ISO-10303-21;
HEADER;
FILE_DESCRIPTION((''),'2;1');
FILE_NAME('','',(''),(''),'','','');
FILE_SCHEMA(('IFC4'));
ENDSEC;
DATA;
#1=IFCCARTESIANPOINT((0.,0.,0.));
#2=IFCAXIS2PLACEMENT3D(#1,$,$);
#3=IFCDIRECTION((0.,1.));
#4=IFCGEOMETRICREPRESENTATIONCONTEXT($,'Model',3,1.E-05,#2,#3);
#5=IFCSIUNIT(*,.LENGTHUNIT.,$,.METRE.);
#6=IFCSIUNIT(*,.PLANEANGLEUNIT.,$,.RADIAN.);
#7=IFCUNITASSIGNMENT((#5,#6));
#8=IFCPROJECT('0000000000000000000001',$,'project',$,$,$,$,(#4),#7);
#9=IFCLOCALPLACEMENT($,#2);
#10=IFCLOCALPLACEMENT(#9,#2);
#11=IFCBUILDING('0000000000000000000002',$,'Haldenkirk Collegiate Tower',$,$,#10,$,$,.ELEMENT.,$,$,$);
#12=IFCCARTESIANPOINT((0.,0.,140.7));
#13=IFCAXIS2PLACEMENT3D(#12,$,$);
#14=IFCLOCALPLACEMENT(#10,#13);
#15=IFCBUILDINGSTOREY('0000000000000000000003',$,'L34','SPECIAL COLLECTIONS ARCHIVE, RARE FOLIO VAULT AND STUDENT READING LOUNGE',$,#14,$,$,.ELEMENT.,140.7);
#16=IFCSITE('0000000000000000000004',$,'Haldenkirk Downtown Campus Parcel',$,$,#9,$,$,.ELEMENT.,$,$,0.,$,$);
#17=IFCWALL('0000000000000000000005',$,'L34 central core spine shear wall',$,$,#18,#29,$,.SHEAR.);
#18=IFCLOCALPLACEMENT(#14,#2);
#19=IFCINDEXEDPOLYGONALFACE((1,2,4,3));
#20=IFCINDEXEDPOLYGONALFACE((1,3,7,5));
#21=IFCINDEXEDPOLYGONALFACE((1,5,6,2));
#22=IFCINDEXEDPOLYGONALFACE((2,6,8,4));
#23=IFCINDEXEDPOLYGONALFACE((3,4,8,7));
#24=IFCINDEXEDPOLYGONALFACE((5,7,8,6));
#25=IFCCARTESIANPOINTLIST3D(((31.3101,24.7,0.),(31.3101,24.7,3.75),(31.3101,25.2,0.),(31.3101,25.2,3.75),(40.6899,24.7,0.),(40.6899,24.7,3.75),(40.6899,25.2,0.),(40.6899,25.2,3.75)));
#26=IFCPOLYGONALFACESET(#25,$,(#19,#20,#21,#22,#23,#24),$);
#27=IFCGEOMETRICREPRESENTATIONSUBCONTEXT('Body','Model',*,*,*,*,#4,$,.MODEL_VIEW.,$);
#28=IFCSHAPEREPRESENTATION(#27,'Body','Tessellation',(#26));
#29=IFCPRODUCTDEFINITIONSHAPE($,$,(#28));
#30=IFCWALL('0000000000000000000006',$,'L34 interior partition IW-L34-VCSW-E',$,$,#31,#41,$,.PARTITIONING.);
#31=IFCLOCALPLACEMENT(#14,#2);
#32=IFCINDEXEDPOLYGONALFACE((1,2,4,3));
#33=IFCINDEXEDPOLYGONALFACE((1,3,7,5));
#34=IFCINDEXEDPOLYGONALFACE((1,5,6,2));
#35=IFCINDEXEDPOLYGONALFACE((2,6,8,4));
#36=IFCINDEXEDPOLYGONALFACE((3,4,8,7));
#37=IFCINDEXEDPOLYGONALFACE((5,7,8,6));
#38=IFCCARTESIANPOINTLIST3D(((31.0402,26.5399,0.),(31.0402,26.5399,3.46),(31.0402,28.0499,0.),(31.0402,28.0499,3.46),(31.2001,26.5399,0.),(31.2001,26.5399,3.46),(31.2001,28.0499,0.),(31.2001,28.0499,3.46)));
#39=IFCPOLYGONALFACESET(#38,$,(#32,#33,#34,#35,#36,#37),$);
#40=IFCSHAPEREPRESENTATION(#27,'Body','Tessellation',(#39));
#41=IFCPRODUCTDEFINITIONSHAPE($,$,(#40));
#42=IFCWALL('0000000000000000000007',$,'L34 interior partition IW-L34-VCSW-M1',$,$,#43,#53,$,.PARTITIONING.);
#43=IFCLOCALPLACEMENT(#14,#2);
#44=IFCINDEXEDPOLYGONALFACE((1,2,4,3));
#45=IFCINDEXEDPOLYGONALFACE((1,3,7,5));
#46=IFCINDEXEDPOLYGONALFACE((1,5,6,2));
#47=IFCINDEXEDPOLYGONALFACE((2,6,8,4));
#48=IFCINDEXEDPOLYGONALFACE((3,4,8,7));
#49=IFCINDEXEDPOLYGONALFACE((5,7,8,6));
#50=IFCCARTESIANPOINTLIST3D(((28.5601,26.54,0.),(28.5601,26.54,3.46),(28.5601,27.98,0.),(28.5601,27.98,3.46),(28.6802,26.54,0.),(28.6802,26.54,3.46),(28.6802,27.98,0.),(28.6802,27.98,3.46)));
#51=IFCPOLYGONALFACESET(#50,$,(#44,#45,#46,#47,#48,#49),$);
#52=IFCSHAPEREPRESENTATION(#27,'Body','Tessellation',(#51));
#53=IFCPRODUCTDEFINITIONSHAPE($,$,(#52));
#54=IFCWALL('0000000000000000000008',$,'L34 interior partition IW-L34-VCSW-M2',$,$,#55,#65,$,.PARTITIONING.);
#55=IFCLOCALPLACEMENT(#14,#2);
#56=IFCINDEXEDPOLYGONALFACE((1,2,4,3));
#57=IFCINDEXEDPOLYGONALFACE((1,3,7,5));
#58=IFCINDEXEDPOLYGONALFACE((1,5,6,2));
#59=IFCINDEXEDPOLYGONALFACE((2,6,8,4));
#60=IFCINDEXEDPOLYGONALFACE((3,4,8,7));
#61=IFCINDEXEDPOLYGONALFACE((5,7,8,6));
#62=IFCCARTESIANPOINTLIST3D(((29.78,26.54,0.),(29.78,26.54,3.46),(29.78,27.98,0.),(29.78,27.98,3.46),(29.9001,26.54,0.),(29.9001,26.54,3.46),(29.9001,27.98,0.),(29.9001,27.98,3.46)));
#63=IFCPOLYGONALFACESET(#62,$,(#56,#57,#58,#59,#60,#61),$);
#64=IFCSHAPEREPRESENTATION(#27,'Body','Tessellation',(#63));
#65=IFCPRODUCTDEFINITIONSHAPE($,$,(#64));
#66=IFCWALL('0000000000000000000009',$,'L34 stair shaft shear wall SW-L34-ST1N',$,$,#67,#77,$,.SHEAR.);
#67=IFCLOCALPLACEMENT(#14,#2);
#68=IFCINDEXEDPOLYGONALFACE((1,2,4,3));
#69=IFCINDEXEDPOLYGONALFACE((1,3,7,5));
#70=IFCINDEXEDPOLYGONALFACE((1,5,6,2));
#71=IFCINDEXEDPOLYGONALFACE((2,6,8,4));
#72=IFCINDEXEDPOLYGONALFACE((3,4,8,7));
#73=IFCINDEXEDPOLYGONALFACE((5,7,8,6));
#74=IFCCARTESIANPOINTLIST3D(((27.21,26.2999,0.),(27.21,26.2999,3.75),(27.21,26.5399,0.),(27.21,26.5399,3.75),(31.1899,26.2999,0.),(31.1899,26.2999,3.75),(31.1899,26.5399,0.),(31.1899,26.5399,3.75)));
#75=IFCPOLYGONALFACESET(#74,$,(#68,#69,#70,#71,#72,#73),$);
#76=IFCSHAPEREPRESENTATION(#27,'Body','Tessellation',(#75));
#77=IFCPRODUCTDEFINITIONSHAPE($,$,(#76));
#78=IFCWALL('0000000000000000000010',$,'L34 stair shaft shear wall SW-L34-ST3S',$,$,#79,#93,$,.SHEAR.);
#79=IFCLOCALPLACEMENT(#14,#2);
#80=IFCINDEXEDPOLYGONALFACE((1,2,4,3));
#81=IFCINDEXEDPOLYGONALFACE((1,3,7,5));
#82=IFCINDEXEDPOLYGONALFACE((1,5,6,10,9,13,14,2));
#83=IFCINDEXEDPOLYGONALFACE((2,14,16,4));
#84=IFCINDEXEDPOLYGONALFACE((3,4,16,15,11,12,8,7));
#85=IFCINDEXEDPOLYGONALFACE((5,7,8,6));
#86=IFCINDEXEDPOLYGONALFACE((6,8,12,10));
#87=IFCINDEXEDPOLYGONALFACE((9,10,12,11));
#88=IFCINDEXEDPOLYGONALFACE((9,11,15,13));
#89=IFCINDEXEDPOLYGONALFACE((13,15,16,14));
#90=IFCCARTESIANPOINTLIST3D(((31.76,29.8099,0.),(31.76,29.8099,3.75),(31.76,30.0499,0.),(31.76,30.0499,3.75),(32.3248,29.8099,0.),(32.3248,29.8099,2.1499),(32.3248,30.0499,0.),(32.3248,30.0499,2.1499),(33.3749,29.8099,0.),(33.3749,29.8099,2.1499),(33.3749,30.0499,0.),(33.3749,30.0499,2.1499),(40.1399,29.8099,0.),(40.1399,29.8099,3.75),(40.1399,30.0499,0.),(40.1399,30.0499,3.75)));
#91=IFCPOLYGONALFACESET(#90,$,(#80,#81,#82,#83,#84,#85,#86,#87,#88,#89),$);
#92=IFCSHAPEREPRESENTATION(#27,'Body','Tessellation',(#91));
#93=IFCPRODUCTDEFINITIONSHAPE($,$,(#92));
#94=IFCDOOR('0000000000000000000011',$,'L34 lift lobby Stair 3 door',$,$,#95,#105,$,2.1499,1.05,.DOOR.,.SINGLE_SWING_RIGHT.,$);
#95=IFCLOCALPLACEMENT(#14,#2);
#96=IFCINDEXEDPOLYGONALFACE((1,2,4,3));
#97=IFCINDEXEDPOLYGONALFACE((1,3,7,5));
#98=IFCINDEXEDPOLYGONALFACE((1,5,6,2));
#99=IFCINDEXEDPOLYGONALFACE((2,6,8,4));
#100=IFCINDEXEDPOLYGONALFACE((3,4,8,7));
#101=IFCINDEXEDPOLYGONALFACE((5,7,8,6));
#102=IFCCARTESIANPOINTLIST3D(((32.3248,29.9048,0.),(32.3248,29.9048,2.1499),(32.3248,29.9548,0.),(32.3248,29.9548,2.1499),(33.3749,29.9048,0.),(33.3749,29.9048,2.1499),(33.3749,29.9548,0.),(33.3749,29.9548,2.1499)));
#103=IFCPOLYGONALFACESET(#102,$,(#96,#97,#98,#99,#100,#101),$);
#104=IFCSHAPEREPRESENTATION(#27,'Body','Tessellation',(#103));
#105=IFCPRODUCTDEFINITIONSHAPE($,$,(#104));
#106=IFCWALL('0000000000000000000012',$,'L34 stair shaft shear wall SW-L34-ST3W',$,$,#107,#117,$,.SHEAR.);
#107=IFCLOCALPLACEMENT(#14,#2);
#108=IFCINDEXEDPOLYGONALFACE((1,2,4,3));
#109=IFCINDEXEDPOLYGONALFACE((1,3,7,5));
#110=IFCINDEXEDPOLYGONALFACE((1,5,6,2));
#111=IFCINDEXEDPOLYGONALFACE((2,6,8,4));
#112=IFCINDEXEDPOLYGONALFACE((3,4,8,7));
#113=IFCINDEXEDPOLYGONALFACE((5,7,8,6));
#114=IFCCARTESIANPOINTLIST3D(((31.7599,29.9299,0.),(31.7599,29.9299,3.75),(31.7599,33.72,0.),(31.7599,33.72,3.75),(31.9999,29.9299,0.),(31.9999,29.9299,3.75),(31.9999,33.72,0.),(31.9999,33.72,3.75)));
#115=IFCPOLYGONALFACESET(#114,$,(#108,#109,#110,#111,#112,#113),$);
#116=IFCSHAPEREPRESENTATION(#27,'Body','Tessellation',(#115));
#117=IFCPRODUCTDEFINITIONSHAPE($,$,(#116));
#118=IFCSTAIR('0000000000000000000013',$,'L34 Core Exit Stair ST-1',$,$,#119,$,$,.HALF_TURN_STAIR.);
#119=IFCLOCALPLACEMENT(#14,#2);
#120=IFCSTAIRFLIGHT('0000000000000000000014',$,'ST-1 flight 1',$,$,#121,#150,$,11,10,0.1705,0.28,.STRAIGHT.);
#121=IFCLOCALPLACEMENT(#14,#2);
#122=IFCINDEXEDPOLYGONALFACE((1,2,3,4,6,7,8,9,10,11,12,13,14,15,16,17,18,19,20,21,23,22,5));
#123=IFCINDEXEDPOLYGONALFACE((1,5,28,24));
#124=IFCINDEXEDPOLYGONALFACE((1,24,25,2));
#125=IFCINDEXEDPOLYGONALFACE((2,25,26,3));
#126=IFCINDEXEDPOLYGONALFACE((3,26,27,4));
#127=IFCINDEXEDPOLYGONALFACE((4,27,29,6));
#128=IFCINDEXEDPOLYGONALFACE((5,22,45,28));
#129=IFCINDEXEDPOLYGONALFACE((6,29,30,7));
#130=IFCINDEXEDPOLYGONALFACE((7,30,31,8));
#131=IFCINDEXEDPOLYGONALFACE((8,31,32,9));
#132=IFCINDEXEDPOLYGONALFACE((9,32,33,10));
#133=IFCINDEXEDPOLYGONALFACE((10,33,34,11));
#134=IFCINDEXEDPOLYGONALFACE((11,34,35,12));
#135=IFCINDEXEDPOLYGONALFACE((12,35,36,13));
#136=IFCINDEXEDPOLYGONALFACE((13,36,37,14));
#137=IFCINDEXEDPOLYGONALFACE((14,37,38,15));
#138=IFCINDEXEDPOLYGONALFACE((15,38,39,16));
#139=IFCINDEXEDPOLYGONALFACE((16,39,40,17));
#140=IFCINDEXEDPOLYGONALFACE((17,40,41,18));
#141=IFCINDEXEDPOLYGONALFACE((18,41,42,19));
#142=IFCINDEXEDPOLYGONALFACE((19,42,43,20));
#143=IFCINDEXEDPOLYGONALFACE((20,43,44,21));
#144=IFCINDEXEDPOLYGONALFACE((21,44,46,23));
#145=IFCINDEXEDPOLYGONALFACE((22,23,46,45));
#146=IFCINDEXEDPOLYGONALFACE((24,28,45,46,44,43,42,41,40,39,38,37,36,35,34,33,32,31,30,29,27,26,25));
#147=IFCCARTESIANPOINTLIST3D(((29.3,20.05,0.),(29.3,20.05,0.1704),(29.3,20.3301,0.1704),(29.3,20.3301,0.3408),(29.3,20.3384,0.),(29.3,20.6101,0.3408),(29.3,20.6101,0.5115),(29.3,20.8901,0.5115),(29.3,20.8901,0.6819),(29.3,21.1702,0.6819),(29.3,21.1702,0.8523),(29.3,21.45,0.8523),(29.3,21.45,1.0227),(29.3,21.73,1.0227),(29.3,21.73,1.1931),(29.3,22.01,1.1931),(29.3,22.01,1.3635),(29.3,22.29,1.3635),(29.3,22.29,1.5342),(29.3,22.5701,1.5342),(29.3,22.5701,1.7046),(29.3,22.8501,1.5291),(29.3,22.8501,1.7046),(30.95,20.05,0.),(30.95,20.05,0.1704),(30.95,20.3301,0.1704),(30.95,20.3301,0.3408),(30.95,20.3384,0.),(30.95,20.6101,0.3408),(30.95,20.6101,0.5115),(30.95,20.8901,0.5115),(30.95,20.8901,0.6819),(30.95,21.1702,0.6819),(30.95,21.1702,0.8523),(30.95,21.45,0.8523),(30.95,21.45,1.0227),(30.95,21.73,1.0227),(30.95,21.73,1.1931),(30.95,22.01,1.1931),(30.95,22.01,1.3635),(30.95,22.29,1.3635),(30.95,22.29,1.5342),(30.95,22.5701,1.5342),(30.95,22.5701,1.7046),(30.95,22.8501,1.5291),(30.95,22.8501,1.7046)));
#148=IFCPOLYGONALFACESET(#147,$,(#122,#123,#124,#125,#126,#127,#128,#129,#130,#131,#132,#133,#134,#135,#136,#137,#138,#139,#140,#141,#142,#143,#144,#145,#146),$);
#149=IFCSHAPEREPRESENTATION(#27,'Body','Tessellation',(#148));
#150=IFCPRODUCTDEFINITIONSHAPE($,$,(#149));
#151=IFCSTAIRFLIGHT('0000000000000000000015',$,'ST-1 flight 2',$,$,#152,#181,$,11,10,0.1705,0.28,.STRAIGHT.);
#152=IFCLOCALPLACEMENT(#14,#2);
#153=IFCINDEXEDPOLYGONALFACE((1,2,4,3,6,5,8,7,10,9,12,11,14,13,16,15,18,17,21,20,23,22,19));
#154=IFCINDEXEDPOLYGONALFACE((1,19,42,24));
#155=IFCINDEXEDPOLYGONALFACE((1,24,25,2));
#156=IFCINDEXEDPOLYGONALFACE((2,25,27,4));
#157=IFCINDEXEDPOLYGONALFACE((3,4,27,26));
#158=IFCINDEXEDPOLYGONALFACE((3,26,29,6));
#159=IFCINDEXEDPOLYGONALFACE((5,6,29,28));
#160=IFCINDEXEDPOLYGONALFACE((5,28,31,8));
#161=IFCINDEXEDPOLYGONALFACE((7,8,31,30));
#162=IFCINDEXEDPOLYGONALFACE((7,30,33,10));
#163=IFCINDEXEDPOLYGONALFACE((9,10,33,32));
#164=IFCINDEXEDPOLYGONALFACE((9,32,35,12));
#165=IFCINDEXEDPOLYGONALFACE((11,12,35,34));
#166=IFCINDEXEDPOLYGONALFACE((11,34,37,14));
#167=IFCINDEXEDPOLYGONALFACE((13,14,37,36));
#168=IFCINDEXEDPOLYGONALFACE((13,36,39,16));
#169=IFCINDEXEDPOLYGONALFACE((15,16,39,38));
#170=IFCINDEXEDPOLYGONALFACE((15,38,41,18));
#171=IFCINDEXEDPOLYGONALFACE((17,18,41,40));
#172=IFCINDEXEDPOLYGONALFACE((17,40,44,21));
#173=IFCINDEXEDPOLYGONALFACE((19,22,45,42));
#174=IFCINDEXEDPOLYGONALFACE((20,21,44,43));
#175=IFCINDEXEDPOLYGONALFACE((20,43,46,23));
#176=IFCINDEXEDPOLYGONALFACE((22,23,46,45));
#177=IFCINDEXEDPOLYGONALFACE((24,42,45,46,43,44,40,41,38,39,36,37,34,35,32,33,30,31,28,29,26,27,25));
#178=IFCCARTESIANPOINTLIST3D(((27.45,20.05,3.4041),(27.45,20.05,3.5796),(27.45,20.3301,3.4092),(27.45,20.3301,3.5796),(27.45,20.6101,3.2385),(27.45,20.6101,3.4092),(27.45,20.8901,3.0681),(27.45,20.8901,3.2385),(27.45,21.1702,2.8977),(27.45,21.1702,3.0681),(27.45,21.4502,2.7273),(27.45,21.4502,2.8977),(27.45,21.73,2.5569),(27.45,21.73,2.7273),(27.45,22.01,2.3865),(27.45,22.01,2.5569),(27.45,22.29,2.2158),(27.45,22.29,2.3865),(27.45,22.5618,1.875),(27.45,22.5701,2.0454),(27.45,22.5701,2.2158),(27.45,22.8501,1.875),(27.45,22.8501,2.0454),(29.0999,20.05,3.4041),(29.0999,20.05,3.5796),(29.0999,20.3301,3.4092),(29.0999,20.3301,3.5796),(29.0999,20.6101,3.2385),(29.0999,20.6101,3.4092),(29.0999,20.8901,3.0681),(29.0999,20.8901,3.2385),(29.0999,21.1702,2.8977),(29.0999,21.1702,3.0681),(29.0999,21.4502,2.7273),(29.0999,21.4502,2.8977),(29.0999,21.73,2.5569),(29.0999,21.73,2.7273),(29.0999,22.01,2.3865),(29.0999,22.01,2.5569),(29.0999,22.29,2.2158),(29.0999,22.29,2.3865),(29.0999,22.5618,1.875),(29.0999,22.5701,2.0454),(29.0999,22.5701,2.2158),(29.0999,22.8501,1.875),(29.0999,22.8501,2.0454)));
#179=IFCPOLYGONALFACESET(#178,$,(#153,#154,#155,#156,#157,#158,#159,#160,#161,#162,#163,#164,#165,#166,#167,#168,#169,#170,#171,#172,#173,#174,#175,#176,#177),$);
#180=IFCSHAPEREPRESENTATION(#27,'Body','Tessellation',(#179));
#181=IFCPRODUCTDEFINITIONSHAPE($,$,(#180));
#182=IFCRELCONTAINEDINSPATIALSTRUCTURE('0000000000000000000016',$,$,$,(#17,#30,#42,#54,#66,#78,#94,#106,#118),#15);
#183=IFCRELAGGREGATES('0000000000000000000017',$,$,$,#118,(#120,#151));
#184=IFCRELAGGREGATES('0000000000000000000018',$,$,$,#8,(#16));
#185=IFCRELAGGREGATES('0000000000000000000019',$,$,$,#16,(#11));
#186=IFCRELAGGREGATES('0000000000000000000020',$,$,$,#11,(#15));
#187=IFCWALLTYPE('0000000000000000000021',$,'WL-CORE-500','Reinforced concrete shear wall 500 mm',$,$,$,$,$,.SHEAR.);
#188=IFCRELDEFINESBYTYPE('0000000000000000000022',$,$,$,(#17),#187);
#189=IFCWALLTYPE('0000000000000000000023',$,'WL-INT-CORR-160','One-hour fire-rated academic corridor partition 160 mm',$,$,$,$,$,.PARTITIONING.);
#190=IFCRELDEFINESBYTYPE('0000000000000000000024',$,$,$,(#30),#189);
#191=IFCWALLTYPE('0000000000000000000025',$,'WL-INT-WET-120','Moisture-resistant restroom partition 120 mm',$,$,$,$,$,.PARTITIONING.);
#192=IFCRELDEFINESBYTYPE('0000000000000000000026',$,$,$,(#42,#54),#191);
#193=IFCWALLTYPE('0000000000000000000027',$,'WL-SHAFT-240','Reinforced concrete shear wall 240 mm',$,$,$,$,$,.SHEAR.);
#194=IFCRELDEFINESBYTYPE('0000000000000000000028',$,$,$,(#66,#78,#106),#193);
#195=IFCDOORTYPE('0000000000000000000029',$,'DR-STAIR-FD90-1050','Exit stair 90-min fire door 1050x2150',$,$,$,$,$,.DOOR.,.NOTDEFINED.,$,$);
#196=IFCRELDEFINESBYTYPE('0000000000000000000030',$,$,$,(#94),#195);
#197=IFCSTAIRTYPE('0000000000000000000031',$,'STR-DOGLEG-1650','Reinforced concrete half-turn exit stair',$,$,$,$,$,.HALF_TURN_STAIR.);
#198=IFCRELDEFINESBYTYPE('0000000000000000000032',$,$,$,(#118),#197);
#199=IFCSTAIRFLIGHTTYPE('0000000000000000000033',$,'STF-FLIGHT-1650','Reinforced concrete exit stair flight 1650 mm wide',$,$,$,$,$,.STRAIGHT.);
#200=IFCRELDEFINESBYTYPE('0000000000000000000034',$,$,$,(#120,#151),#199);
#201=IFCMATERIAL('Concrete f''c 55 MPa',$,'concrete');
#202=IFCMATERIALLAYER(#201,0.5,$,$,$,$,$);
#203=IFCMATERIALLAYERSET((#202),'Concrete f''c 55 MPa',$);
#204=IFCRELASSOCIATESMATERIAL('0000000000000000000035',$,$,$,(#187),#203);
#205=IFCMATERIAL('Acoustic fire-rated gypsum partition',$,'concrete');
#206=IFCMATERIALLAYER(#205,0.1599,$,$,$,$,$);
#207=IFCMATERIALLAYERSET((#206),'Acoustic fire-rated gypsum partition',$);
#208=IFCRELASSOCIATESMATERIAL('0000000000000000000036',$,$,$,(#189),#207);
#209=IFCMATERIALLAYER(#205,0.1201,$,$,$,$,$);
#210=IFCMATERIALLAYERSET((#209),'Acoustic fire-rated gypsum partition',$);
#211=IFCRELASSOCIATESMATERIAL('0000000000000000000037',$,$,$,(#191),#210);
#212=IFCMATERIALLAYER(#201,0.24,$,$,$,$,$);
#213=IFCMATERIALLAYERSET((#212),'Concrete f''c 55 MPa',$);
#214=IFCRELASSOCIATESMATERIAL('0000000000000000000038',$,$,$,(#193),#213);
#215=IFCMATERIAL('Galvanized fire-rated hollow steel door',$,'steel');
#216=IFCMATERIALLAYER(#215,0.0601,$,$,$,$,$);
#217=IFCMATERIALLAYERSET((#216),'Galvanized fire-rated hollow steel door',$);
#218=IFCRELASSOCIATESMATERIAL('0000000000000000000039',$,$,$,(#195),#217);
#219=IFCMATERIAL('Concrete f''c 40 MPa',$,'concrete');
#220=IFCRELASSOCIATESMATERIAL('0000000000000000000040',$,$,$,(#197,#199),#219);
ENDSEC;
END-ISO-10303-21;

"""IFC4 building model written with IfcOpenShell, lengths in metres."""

from ifc_helpers import new_model, si_unit, direction, frame, frame_2d, origin, place, context, subcontext, project, spatial, polyline, rectangle, outline, extrude, material, layer, layer_set, type_object, element, fill, aggregate, save


model = new_model("IFC4")

# Units and contexts
model_context = context("Model", 3, precision=1e-05, world=origin(), true_north=direction((0.0, 1.0)))
body_context = subcontext(model_context, "Body", "Model", "MODEL_VIEW")
ifc_project = project(units=[si_unit("LENGTHUNIT", "METRE"), si_unit("PLANEANGLEUNIT", "RADIAN")], contexts=[model_context])

# Site, building, storey
site_placement = place(None, origin())
site = spatial("IfcSite", under=ifc_project, at=site_placement, Name="Haldenkirk Downtown Campus Parcel", CompositionType="ELEMENT", RefElevation=0.0)
building_placement = place(site_placement, origin())
building = spatial("IfcBuilding", under=site, at=building_placement, Name="Haldenkirk Collegiate Tower", CompositionType="ELEMENT")
storey_placement = place(building_placement, frame((0.0, 0.0, 140.7)))
storey = spatial("IfcBuildingStorey", under=building, at=storey_placement, Name="L34", Description="SPECIAL COLLECTIONS ARCHIVE, RARE FOLIO VAULT AND STUDENT READING LOUNGE", CompositionType="ELEMENT", Elevation=140.7)

# Walls
ifc_material_1 = material(Name="Concrete f'c 55 MPa", Category="concrete")
ifc_layer_1 = layer(ifc_material_1, 0.5)
ifc_layer_set_1 = layer_set([ifc_layer_1], Name="Concrete f'c 55 MPa")
wall_type_1 = type_object("IfcWallType", Name="WL-CORE-500", Description="Reinforced concrete shear wall 500 mm", PredefinedType="SHEAR", material=ifc_layer_set_1)
wall_1_placement = place(storey_placement, frame((31.3101, 24.95, 0.0), z_axis=(0.0, 0.0, 1.0), x_axis=(1.0, 0.0, 0.0)))
element("IfcWall", 1, at=wall_1_placement, inside=storey, type_object=wall_type_1, Name="L34 central core spine shear wall", PredefinedType="SHEAR", context=body_context, shape_type="SweptSolid", body=[
    extrude(rectangle(XDim=9.3799, YDim=0.5, at=frame_2d((4.6899, 0.0))), origin(), (0.0, 0.0, 1.0), 3.75),
])
ifc_material_2 = material(Name="Acoustic fire-rated gypsum partition", Category="concrete")
ifc_layer_2 = layer(ifc_material_2, 0.1599)
ifc_layer_set_2 = layer_set([ifc_layer_2], Name="Acoustic fire-rated gypsum partition")
wall_type_2 = type_object("IfcWallType", Name="WL-INT-CORR-160", Description="One-hour fire-rated academic corridor partition 160 mm", PredefinedType="PARTITIONING", material=ifc_layer_set_2)
wall_2_placement = place(storey_placement, frame((31.1201, 26.54, 0.0), z_axis=(0.0, 0.0, 1.0), x_axis=(0.0, 1.0, 0.0)))
element("IfcWall", 2, at=wall_2_placement, inside=storey, type_object=wall_type_2, Name="L34 interior partition IW-L34-VCSW-E", PredefinedType="PARTITIONING", context=body_context, shape_type="SweptSolid", body=[
    extrude(rectangle(XDim=1.51, YDim=0.1599, at=frame_2d((0.7549, 0.0))), origin(), (0.0, 0.0, 1.0), 3.46),
])

# Shared definitions
ifc_material_3 = material(Name="Galvanized fire-rated hollow steel door", Category="steel")

# Walls
ifc_layer_3 = layer(ifc_material_2, 0.1201)
ifc_layer_set_3 = layer_set([ifc_layer_3], Name="Acoustic fire-rated gypsum partition")
wall_type_3 = type_object("IfcWallType", Name="WL-INT-WET-120", Description="Moisture-resistant restroom partition 120 mm", PredefinedType="PARTITIONING", material=ifc_layer_set_3)
for number, where, z_axis, x_axis, name in (
    (3, (28.6201, 26.54, 0.0), (0.0, 0.0, 1.0), (0.0, 1.0, 0.0), "L34 interior partition IW-L34-VCSW-M1"),
    (4, (29.8401, 26.54, 0.0), (0.0, 0.0, 1.0), (0.0, 1.0, 0.0), "L34 interior partition IW-L34-VCSW-M2"),
):
    element("IfcWall", number, at=place(storey_placement, frame(where, z_axis=z_axis, x_axis=x_axis)), inside=storey, type_object=wall_type_3, Name=name, PredefinedType="PARTITIONING", context=body_context, shape_type="SweptSolid", body=[
        extrude(rectangle(XDim=1.4399, YDim=0.1201, at=frame_2d((0.72, 0.0))), origin(), (0.0, 0.0, 1.0), 3.46),
    ])
ifc_layer_4 = layer(ifc_material_1, 0.24)
ifc_layer_set_4 = layer_set([ifc_layer_4], Name="Concrete f'c 55 MPa")
wall_type_4 = type_object("IfcWallType", Name="WL-SHAFT-240", Description="Reinforced concrete shear wall 240 mm", PredefinedType="SHEAR", material=ifc_layer_set_4)
wall_3_placement = place(storey_placement, frame((27.21, 26.4199, 0.0), z_axis=(0.0, 0.0, 1.0), x_axis=(1.0, 0.0, 0.0)))
element("IfcWall", 5, at=wall_3_placement, inside=storey, type_object=wall_type_4, Name="L34 stair shaft shear wall SW-L34-ST1N", PredefinedType="SHEAR", context=body_context, shape_type="SweptSolid", body=[
    extrude(rectangle(XDim=3.98, YDim=0.24, at=frame_2d((1.99, 0.0))), origin(), (0.0, 0.0, 1.0), 3.75),
])

# Wall, opening, door
wall_4_placement = place(storey_placement, frame((31.76, 29.9299, 0.0), z_axis=(0.0, 0.0, 1.0), x_axis=(1.0, 0.0, 0.0)))
wall_4 = element("IfcWall", 6, at=wall_4_placement, inside=storey, type_object=wall_type_4, Name="L34 stair shaft shear wall SW-L34-ST3S", PredefinedType="SHEAR", context=body_context, shape_type="SweptSolid", body=[
    extrude(rectangle(XDim=8.3799, YDim=0.24, at=frame_2d((4.1899, 0.0))), origin(), (0.0, 0.0, 1.0), 3.75),
])
opening_1_placement = place(wall_4_placement, frame((0.5649, 0.0, 0.0)))
opening_1 = element("IfcOpeningElement", 7, at=opening_1_placement, cuts=wall_4, PredefinedType="OPENING", context=body_context, shape_type="SweptSolid", body=[
    extrude(rectangle(XDim=1.05, YDim=2.1499, at=frame_2d((0.5249, 1.075))), frame((0.0, 0.1299, 0.0), z_axis=(0.0, -1.0, 0.0), x_axis=(1.0, 0.0, 0.0)), (0.0, 0.0, 1.0), 0.26),
])
ifc_layer_5 = layer(ifc_material_3, 0.0601)
ifc_layer_set_5 = layer_set([ifc_layer_5], Name="Galvanized fire-rated hollow steel door")
door_type_1 = type_object("IfcDoorType", Name="DR-STAIR-FD90-1050", Description="Exit stair 90-min fire door 1050x2150", OperationType="NOTDEFINED", PredefinedType="DOOR", material=ifc_layer_set_5)
door_1_placement = place(opening_1_placement, origin())
door_1 = element("IfcDoor", 8, at=door_1_placement, inside=storey, type_object=door_type_1, Name="L34 lift lobby Stair 3 door", OperationType="SINGLE_SWING_RIGHT", OverallHeight=2.1499, OverallWidth=1.05, PredefinedType="DOOR", context=body_context, shape_type="SweptSolid", body=[
    extrude(rectangle(XDim=1.05, YDim=2.1499, at=frame_2d((0.5249, 1.075))), frame((0.0, 0.0249, 0.0), z_axis=(0.0, -1.0, 0.0), x_axis=(1.0, 0.0, 0.0)), (0.0, 0.0, 1.0), 0.05),
])
fill(opening_1, door_1)

# Wall
wall_5_placement = place(storey_placement, frame((31.8799, 29.9299, 0.0), z_axis=(0.0, 0.0, 1.0), x_axis=(0.0, 1.0, 0.0)))
element("IfcWall", 9, at=wall_5_placement, inside=storey, type_object=wall_type_4, Name="L34 stair shaft shear wall SW-L34-ST3W", PredefinedType="SHEAR", context=body_context, shape_type="SweptSolid", body=[
    extrude(rectangle(XDim=3.79, YDim=0.24, at=frame_2d((1.895, 0.0))), origin(), (0.0, 0.0, 1.0), 3.75),
])

# Stair, stair flights
ifc_material_4 = material(Name="Concrete f'c 40 MPa", Category="concrete")
stair_type = type_object("IfcStairType", Name="STR-DOGLEG-1650", Description="Reinforced concrete half-turn exit stair", PredefinedType="HALF_TURN_STAIR", material=ifc_material_4)
stair_placement = place(storey_placement, origin())
stair = element("IfcStair", 10, at=stair_placement, inside=storey, type_object=stair_type, Name="L34 Core Exit Stair ST-1", PredefinedType="HALF_TURN_STAIR")
stair_flight_type = type_object("IfcStairFlightType", Name="STF-FLIGHT-1650", Description="Reinforced concrete exit stair flight 1650 mm wide", PredefinedType="STRAIGHT", material=ifc_material_4)
stair_flight_1_placement = place(storey_placement, frame((30.125, 20.05, 0.0), z_axis=(0.0, 0.0, 1.0), x_axis=(0.0, 1.0, 0.0)))
stair_flight_1 = element("IfcStairFlight", 11, at=stair_flight_1_placement, type_object=stair_flight_type, Name="ST-1 flight 1", NumberOfRisers=11, NumberOfTreads=10, PredefinedType="STRAIGHT", RiserHeight=0.1705, TreadLength=0.28, context=body_context, shape_type="SweptSolid", body=[
    extrude(outline(polyline([(0.0, 0.0), (0.0, 0.1704), (0.28, 0.1704), (0.28, 0.3408), (0.5601, 0.3408), (0.5601, 0.5115), (0.8401, 0.5115), (0.8401, 0.6819), (1.1201, 0.6819), (1.1201, 0.8523), (1.3999, 0.8523), (1.3999, 1.0227), (1.6799, 1.0227), (1.6799, 1.1931), (1.96, 1.1931), (1.96, 1.3635), (2.24, 1.3635), (2.24, 1.5342), (2.52, 1.5342), (2.52, 1.7046), (2.8, 1.7046), (2.8, 1.875), (2.8, 1.5291), (0.2883, 0.0), (0.0, 0.0)])), frame((0.0, 0.825, 0.0), z_axis=(0.0, -1.0, 0.0), x_axis=(1.0, 0.0, 0.0)), (0.0, 0.0, 1.0), 1.6499),
])
stair_flight_2_placement = place(storey_placement, frame((28.2749, 22.8501, 1.875), z_axis=(0.0, 0.0, 1.0), x_axis=(0.0, -1.0, 0.0)))
stair_flight_2 = element("IfcStairFlight", 12, at=stair_flight_2_placement, type_object=stair_flight_type, Name="ST-1 flight 2", NumberOfRisers=11, NumberOfTreads=10, PredefinedType="STRAIGHT", RiserHeight=0.1705, TreadLength=0.28, context=body_context, shape_type="SweptSolid", body=[
    extrude(outline(polyline([(0.0, 0.0), (0.0, 0.1704), (0.28, 0.1704), (0.28, 0.3408), (0.5601, 0.3408), (0.5601, 0.5115), (0.8401, 0.5115), (0.8401, 0.6819), (1.1201, 0.6819), (1.1201, 0.8523), (1.3999, 0.8523), (1.3999, 1.0227), (1.6799, 1.0227), (1.6799, 1.1931), (1.96, 1.1931), (1.96, 1.3635), (2.24, 1.3635), (2.24, 1.5342), (2.52, 1.5342), (2.52, 1.7046), (2.8, 1.7046), (2.8, 1.875), (2.8, 1.5291), (0.2883, 0.0), (0.0, 0.0)])), frame((0.0, 0.825, 0.0), z_axis=(0.0, -1.0, 0.0), x_axis=(1.0, 0.0, 0.0)), (0.0, 0.0, 1.0), 1.6499),
])
aggregate(stair, [stair_flight_1, stair_flight_2])

save(model, "model.ifc")
